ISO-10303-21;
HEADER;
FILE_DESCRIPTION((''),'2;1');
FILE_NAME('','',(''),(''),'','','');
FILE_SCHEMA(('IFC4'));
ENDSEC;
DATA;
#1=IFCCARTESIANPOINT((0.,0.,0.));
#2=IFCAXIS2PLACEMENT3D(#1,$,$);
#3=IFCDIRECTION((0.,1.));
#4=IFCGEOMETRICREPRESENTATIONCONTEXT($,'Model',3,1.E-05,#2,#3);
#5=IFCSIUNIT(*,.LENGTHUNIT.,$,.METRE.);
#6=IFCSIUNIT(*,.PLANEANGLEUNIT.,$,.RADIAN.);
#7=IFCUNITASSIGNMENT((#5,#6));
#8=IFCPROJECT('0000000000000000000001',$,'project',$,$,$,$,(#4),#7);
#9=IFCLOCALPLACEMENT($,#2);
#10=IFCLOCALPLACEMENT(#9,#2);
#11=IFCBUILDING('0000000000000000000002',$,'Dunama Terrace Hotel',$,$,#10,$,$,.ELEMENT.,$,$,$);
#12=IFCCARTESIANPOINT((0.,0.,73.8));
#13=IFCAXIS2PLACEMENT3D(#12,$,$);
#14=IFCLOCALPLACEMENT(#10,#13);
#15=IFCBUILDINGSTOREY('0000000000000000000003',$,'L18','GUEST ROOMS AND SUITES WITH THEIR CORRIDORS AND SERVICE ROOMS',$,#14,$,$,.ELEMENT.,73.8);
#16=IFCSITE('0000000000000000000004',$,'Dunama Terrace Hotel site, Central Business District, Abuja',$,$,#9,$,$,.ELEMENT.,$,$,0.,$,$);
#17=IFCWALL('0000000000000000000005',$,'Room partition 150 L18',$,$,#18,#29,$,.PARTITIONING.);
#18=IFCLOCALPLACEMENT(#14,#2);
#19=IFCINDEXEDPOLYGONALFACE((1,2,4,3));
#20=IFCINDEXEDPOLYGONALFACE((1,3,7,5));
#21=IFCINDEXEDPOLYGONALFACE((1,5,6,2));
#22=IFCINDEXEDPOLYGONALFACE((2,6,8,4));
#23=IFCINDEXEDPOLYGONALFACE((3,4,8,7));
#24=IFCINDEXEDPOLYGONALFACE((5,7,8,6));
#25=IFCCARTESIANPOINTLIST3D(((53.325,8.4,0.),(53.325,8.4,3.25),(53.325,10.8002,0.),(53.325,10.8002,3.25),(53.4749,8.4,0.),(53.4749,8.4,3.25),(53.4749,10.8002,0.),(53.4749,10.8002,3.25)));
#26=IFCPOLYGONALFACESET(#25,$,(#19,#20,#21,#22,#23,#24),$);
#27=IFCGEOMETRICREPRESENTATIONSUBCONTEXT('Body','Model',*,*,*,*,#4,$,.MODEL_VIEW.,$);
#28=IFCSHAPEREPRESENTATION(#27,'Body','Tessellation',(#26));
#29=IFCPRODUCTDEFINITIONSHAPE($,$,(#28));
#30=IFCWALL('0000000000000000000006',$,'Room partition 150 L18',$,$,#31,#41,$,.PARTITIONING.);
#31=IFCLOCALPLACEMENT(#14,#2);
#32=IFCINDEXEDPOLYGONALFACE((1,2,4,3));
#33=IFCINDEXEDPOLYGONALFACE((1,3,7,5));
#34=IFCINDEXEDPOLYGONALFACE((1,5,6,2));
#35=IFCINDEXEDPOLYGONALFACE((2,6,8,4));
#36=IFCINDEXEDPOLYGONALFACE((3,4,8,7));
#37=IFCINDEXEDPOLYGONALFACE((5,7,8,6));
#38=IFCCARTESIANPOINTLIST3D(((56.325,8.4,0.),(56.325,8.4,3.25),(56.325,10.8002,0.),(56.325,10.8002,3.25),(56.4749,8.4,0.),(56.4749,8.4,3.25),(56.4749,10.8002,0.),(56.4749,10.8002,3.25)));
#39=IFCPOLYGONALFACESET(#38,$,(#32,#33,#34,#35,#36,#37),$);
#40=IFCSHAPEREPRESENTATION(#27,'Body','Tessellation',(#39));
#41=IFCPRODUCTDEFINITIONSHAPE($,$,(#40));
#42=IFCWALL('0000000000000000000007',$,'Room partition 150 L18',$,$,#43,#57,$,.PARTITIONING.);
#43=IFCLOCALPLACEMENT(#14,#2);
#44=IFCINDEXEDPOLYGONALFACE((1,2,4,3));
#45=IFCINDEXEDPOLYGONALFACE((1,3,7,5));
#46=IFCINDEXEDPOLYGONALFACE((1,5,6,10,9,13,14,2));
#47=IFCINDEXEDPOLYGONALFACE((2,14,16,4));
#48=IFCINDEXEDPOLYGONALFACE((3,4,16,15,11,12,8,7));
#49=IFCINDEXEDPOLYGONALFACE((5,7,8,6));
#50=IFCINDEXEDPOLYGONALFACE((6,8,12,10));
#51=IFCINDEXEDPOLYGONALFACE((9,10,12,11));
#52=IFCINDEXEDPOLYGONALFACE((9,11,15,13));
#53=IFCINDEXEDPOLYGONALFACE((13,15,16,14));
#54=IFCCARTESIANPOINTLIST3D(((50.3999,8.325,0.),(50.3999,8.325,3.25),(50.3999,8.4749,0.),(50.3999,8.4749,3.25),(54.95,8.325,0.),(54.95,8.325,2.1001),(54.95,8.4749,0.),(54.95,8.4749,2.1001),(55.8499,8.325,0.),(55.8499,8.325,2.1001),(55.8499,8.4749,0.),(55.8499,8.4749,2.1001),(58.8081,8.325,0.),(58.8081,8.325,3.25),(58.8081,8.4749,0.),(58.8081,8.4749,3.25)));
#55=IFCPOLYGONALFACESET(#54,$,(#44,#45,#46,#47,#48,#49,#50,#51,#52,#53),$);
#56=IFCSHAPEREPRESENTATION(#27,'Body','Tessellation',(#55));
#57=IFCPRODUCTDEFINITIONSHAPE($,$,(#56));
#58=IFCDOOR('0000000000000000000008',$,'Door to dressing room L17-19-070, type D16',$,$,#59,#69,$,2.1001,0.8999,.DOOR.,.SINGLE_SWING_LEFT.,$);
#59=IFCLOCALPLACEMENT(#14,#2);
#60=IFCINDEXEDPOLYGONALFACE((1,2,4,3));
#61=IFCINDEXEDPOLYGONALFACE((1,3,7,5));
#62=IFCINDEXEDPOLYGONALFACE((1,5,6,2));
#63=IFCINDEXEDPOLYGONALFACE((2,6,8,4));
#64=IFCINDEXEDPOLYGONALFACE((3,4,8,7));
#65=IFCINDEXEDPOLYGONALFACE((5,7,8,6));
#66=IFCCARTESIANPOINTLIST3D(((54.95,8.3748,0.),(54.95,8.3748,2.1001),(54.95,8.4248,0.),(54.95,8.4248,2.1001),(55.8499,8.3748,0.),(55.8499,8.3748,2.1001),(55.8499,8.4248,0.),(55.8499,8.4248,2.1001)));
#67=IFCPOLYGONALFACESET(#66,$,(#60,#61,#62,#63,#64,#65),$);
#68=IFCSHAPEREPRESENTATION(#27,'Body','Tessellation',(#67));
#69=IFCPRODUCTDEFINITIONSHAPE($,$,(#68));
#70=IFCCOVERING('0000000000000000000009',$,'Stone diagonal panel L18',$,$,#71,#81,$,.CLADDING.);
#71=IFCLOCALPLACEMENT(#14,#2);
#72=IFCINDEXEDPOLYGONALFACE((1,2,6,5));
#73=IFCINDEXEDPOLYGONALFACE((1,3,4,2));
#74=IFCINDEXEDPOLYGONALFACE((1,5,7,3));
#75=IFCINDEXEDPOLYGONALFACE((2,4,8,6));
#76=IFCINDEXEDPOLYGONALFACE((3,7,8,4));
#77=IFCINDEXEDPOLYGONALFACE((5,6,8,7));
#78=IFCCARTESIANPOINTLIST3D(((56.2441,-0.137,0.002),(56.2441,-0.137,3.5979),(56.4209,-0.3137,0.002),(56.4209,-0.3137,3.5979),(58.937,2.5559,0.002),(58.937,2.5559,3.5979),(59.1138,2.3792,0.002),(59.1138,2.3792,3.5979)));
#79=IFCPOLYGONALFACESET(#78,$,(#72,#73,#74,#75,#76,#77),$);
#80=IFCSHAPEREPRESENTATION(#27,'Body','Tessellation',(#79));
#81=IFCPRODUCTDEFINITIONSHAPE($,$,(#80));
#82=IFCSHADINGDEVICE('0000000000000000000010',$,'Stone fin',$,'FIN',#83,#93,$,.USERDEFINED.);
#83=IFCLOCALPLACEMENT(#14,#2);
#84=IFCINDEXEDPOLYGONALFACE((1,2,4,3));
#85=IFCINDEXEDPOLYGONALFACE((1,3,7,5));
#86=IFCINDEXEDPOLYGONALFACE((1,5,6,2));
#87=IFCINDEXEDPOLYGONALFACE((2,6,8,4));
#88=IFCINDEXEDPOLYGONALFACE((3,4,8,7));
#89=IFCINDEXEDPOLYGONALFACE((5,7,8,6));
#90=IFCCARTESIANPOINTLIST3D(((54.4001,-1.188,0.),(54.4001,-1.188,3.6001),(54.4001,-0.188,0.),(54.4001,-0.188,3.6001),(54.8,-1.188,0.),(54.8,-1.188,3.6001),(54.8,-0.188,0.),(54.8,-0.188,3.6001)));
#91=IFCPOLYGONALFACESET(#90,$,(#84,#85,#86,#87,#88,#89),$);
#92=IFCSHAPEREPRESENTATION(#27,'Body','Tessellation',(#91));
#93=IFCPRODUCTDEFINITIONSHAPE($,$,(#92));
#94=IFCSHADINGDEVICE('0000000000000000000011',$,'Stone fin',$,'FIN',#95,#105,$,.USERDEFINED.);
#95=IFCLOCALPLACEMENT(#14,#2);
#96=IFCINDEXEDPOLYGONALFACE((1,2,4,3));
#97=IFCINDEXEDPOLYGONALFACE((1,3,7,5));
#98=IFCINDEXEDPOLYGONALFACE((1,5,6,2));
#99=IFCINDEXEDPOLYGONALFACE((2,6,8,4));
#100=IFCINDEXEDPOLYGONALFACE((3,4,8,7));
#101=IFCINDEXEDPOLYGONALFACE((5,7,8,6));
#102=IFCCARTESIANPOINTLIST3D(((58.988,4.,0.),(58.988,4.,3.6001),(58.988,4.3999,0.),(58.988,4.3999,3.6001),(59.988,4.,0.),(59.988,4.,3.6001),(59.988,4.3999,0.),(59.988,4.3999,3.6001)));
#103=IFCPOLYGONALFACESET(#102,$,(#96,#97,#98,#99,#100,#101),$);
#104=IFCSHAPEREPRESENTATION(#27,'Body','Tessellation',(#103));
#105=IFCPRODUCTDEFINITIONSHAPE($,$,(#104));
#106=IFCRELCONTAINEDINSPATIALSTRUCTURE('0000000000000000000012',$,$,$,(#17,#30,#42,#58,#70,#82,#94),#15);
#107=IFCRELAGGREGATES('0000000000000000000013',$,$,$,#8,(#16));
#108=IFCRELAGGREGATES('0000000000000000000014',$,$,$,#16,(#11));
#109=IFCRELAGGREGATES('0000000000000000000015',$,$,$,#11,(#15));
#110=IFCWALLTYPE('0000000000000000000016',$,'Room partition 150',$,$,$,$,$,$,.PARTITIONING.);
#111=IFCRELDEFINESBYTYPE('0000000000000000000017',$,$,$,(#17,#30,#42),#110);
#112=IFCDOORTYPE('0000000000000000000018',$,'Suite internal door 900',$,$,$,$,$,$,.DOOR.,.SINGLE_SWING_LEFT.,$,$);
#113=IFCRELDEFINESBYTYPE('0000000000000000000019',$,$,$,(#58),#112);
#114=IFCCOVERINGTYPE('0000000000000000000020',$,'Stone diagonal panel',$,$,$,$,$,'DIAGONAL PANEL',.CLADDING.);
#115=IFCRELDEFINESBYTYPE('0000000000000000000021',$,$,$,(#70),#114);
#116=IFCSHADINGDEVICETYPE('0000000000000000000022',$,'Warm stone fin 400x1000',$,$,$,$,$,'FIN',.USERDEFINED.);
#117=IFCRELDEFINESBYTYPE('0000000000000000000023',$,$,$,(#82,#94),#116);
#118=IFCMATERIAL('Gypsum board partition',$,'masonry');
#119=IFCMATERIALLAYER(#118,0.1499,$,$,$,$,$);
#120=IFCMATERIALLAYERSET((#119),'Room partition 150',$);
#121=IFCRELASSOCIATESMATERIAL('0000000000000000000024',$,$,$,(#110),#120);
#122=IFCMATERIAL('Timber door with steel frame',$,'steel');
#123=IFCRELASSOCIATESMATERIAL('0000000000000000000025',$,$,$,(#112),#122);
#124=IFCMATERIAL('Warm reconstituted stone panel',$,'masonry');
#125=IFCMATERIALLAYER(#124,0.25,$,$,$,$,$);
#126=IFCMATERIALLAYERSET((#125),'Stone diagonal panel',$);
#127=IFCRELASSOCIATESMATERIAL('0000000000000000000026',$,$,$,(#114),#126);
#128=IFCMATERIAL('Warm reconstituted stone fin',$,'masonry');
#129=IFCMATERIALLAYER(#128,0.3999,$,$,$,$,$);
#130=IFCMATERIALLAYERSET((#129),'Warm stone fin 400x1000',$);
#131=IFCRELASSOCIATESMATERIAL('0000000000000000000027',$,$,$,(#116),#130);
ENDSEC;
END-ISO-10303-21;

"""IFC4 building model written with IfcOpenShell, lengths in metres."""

from ifc_helpers import new_model, si_unit, direction, frame, frame_2d, origin, origin_2d, place, context, subcontext, project, spatial, rectangle, extrude, material, layer, layer_set, type_object, element, fill, save


model = new_model("IFC4")

# Units and contexts
model_context = context("Model", 3, precision=1e-05, world=origin(), true_north=direction((0.0, 1.0)))
body_context = subcontext(model_context, "Body", "Model", "MODEL_VIEW")
ifc_project = project(units=[si_unit("LENGTHUNIT", "METRE"), si_unit("PLANEANGLEUNIT", "RADIAN")], contexts=[model_context])

# Site, building, storey
site_placement = place(None, origin())
site = spatial("IfcSite", under=ifc_project, at=site_placement, Name="Dunama Terrace Hotel site, Central Business District, Abuja", CompositionType="ELEMENT", RefElevation=0.0)
building_placement = place(site_placement, origin())
building = spatial("IfcBuilding", under=site, at=building_placement, Name="Dunama Terrace Hotel", CompositionType="ELEMENT")
storey_placement = place(building_placement, frame((0.0, 0.0, 73.8)))
storey = spatial("IfcBuildingStorey", under=building, at=storey_placement, Name="L18", Description="GUEST ROOMS AND SUITES WITH THEIR CORRIDORS AND SERVICE ROOMS", CompositionType="ELEMENT", Elevation=73.8)

# Shared definitions
ifc_material_1 = material(Name="Gypsum board partition", Category="masonry")
ifc_layer_1 = layer(ifc_material_1, 0.1499)
ifc_layer_set_1 = layer_set([ifc_layer_1], Name="Room partition 150")
wall_type_1 = type_object("IfcWallType", Name="Room partition 150", PredefinedType="PARTITIONING", material=ifc_layer_set_1)
ifc_material_2 = material(Name="Timber door with steel frame", Category="steel")
door_type_1 = type_object("IfcDoorType", Name="Suite internal door 900", OperationType="SINGLE_SWING_LEFT", PredefinedType="DOOR", material=ifc_material_2)

# Walls
for number, where, z_axis, x_axis, name in (
    (1, (53.3999, 8.3999, 0.0), (0.0, 0.0, 1.0), (0.0, 1.0, 0.0), "Room partition 150 L18"),
    (2, (56.3999, 8.3999, 0.0), (0.0, 0.0, 1.0), (0.0, 1.0, 0.0), "Room partition 150 L18"),
):
    element("IfcWall", number, at=place(storey_placement, frame(where, z_axis=z_axis, x_axis=x_axis)), inside=storey, type_object=wall_type_1, Name=name, PredefinedType="PARTITIONING", context=body_context, shape_type="SweptSolid", body=[
        extrude(rectangle(XDim=2.4001, YDim=0.1499, at=frame_2d((1.2002, 0.0))), origin(), (0.0, 0.0, 1.0), 3.25),
    ])

# Wall, opening, door
wall_1_placement = place(storey_placement, frame((50.3999, 8.3999, 0.0), z_axis=(0.0, 0.0, 1.0), x_axis=(1.0, 0.0, 0.0)))
wall_1 = element("IfcWall", 3, at=wall_1_placement, inside=storey, type_object=wall_type_1, Name="Room partition 150 L18", PredefinedType="PARTITIONING", context=body_context, shape_type="SweptSolid", body=[
    extrude(rectangle(XDim=8.4082, YDim=0.1499, at=frame_2d((4.2041, 0.0))), origin(), (0.0, 0.0, 1.0), 3.25),
])
opening_1_placement = place(wall_1_placement, frame((4.55, 0.0, 0.0)))
opening_1 = element("IfcOpeningElement", 4, at=opening_1_placement, cuts=wall_1, PredefinedType="OPENING", context=body_context, shape_type="SweptSolid", body=[
    extrude(rectangle(XDim=0.8999, YDim=2.1001, at=frame_2d((0.45, 1.05))), frame((0.0, 0.085, 0.0), z_axis=(0.0, -1.0, 0.0), x_axis=(1.0, 0.0, 0.0)), (0.0, 0.0, 1.0), 0.1699),
])
door_1_placement = place(opening_1_placement, origin())
door_1 = element("IfcDoor", 5, at=door_1_placement, inside=storey, type_object=door_type_1, Name="Door to dressing room L17-19-070, type D16", OperationType="SINGLE_SWING_LEFT", OverallHeight=2.1001, OverallWidth=0.8999, PredefinedType="DOOR", context=body_context, shape_type="SweptSolid", body=[
    extrude(rectangle(XDim=0.8999, YDim=2.1001, at=frame_2d((0.45, 1.05))), frame((0.0, 0.0249, 0.0), z_axis=(0.0, -1.0, 0.0), x_axis=(1.0, 0.0, 0.0)), (0.0, 0.0, 1.0), 0.05),
])
fill(opening_1, door_1)

# Covering
ifc_material_3 = material(Name="Warm reconstituted stone panel", Category="masonry")
ifc_layer_2 = layer(ifc_material_3, 0.25)
ifc_layer_set_2 = layer_set([ifc_layer_2], Name="Stone diagonal panel")
covering_type = type_object("IfcCoveringType", Name="Stone diagonal panel", ElementType="DIAGONAL PANEL", PredefinedType="CLADDING", material=ifc_layer_set_2)
covering_placement = place(storey_placement, frame((57.679, 1.1211, 0.002), z_axis=(0.0, 0.0, 1.0), x_axis=(0.707107, 0.707107, 0.0)))
element("IfcCovering", 6, at=covering_placement, inside=storey, type_object=covering_type, Name="Stone diagonal panel L18", PredefinedType="CLADDING", context=body_context, shape_type="SweptSolid", body=[
    extrude(rectangle(XDim=3.8083, YDim=0.25, at=origin_2d()), origin(), (0.0, 0.0, 1.0), 3.5959),
])

# Shading devices
ifc_material_4 = material(Name="Warm reconstituted stone fin", Category="masonry")
ifc_layer_3 = layer(ifc_material_4, 0.3999)
ifc_layer_set_3 = layer_set([ifc_layer_3], Name="Warm stone fin 400x1000")
shading_device_type = type_object("IfcShadingDeviceType", Name="Warm stone fin 400x1000", ElementType="FIN", PredefinedType="USERDEFINED", material=ifc_layer_set_3)
for number, where, z_axis, x_axis, name in (
    (7, (54.6001, -0.688, 0.0), (0.0, 0.0, 1.0), (1.0, 0.0, 0.0), "Stone fin"),
    (8, (59.488, 4.2, 0.0), (0.0, 0.0, 1.0), (0.0, 1.0, 0.0), "Stone fin"),
):
    element("IfcShadingDevice", number, at=place(storey_placement, frame(where, z_axis=z_axis, x_axis=x_axis)), inside=storey, type_object=shading_device_type, Name=name, ObjectType="FIN", PredefinedType="USERDEFINED", context=body_context, shape_type="SweptSolid", body=[
        extrude(rectangle(XDim=0.3999, YDim=1.0, at=origin_2d()), origin(), (0.0, 0.0, 1.0), 3.6001),
    ])

save(model, "model.ifc")
